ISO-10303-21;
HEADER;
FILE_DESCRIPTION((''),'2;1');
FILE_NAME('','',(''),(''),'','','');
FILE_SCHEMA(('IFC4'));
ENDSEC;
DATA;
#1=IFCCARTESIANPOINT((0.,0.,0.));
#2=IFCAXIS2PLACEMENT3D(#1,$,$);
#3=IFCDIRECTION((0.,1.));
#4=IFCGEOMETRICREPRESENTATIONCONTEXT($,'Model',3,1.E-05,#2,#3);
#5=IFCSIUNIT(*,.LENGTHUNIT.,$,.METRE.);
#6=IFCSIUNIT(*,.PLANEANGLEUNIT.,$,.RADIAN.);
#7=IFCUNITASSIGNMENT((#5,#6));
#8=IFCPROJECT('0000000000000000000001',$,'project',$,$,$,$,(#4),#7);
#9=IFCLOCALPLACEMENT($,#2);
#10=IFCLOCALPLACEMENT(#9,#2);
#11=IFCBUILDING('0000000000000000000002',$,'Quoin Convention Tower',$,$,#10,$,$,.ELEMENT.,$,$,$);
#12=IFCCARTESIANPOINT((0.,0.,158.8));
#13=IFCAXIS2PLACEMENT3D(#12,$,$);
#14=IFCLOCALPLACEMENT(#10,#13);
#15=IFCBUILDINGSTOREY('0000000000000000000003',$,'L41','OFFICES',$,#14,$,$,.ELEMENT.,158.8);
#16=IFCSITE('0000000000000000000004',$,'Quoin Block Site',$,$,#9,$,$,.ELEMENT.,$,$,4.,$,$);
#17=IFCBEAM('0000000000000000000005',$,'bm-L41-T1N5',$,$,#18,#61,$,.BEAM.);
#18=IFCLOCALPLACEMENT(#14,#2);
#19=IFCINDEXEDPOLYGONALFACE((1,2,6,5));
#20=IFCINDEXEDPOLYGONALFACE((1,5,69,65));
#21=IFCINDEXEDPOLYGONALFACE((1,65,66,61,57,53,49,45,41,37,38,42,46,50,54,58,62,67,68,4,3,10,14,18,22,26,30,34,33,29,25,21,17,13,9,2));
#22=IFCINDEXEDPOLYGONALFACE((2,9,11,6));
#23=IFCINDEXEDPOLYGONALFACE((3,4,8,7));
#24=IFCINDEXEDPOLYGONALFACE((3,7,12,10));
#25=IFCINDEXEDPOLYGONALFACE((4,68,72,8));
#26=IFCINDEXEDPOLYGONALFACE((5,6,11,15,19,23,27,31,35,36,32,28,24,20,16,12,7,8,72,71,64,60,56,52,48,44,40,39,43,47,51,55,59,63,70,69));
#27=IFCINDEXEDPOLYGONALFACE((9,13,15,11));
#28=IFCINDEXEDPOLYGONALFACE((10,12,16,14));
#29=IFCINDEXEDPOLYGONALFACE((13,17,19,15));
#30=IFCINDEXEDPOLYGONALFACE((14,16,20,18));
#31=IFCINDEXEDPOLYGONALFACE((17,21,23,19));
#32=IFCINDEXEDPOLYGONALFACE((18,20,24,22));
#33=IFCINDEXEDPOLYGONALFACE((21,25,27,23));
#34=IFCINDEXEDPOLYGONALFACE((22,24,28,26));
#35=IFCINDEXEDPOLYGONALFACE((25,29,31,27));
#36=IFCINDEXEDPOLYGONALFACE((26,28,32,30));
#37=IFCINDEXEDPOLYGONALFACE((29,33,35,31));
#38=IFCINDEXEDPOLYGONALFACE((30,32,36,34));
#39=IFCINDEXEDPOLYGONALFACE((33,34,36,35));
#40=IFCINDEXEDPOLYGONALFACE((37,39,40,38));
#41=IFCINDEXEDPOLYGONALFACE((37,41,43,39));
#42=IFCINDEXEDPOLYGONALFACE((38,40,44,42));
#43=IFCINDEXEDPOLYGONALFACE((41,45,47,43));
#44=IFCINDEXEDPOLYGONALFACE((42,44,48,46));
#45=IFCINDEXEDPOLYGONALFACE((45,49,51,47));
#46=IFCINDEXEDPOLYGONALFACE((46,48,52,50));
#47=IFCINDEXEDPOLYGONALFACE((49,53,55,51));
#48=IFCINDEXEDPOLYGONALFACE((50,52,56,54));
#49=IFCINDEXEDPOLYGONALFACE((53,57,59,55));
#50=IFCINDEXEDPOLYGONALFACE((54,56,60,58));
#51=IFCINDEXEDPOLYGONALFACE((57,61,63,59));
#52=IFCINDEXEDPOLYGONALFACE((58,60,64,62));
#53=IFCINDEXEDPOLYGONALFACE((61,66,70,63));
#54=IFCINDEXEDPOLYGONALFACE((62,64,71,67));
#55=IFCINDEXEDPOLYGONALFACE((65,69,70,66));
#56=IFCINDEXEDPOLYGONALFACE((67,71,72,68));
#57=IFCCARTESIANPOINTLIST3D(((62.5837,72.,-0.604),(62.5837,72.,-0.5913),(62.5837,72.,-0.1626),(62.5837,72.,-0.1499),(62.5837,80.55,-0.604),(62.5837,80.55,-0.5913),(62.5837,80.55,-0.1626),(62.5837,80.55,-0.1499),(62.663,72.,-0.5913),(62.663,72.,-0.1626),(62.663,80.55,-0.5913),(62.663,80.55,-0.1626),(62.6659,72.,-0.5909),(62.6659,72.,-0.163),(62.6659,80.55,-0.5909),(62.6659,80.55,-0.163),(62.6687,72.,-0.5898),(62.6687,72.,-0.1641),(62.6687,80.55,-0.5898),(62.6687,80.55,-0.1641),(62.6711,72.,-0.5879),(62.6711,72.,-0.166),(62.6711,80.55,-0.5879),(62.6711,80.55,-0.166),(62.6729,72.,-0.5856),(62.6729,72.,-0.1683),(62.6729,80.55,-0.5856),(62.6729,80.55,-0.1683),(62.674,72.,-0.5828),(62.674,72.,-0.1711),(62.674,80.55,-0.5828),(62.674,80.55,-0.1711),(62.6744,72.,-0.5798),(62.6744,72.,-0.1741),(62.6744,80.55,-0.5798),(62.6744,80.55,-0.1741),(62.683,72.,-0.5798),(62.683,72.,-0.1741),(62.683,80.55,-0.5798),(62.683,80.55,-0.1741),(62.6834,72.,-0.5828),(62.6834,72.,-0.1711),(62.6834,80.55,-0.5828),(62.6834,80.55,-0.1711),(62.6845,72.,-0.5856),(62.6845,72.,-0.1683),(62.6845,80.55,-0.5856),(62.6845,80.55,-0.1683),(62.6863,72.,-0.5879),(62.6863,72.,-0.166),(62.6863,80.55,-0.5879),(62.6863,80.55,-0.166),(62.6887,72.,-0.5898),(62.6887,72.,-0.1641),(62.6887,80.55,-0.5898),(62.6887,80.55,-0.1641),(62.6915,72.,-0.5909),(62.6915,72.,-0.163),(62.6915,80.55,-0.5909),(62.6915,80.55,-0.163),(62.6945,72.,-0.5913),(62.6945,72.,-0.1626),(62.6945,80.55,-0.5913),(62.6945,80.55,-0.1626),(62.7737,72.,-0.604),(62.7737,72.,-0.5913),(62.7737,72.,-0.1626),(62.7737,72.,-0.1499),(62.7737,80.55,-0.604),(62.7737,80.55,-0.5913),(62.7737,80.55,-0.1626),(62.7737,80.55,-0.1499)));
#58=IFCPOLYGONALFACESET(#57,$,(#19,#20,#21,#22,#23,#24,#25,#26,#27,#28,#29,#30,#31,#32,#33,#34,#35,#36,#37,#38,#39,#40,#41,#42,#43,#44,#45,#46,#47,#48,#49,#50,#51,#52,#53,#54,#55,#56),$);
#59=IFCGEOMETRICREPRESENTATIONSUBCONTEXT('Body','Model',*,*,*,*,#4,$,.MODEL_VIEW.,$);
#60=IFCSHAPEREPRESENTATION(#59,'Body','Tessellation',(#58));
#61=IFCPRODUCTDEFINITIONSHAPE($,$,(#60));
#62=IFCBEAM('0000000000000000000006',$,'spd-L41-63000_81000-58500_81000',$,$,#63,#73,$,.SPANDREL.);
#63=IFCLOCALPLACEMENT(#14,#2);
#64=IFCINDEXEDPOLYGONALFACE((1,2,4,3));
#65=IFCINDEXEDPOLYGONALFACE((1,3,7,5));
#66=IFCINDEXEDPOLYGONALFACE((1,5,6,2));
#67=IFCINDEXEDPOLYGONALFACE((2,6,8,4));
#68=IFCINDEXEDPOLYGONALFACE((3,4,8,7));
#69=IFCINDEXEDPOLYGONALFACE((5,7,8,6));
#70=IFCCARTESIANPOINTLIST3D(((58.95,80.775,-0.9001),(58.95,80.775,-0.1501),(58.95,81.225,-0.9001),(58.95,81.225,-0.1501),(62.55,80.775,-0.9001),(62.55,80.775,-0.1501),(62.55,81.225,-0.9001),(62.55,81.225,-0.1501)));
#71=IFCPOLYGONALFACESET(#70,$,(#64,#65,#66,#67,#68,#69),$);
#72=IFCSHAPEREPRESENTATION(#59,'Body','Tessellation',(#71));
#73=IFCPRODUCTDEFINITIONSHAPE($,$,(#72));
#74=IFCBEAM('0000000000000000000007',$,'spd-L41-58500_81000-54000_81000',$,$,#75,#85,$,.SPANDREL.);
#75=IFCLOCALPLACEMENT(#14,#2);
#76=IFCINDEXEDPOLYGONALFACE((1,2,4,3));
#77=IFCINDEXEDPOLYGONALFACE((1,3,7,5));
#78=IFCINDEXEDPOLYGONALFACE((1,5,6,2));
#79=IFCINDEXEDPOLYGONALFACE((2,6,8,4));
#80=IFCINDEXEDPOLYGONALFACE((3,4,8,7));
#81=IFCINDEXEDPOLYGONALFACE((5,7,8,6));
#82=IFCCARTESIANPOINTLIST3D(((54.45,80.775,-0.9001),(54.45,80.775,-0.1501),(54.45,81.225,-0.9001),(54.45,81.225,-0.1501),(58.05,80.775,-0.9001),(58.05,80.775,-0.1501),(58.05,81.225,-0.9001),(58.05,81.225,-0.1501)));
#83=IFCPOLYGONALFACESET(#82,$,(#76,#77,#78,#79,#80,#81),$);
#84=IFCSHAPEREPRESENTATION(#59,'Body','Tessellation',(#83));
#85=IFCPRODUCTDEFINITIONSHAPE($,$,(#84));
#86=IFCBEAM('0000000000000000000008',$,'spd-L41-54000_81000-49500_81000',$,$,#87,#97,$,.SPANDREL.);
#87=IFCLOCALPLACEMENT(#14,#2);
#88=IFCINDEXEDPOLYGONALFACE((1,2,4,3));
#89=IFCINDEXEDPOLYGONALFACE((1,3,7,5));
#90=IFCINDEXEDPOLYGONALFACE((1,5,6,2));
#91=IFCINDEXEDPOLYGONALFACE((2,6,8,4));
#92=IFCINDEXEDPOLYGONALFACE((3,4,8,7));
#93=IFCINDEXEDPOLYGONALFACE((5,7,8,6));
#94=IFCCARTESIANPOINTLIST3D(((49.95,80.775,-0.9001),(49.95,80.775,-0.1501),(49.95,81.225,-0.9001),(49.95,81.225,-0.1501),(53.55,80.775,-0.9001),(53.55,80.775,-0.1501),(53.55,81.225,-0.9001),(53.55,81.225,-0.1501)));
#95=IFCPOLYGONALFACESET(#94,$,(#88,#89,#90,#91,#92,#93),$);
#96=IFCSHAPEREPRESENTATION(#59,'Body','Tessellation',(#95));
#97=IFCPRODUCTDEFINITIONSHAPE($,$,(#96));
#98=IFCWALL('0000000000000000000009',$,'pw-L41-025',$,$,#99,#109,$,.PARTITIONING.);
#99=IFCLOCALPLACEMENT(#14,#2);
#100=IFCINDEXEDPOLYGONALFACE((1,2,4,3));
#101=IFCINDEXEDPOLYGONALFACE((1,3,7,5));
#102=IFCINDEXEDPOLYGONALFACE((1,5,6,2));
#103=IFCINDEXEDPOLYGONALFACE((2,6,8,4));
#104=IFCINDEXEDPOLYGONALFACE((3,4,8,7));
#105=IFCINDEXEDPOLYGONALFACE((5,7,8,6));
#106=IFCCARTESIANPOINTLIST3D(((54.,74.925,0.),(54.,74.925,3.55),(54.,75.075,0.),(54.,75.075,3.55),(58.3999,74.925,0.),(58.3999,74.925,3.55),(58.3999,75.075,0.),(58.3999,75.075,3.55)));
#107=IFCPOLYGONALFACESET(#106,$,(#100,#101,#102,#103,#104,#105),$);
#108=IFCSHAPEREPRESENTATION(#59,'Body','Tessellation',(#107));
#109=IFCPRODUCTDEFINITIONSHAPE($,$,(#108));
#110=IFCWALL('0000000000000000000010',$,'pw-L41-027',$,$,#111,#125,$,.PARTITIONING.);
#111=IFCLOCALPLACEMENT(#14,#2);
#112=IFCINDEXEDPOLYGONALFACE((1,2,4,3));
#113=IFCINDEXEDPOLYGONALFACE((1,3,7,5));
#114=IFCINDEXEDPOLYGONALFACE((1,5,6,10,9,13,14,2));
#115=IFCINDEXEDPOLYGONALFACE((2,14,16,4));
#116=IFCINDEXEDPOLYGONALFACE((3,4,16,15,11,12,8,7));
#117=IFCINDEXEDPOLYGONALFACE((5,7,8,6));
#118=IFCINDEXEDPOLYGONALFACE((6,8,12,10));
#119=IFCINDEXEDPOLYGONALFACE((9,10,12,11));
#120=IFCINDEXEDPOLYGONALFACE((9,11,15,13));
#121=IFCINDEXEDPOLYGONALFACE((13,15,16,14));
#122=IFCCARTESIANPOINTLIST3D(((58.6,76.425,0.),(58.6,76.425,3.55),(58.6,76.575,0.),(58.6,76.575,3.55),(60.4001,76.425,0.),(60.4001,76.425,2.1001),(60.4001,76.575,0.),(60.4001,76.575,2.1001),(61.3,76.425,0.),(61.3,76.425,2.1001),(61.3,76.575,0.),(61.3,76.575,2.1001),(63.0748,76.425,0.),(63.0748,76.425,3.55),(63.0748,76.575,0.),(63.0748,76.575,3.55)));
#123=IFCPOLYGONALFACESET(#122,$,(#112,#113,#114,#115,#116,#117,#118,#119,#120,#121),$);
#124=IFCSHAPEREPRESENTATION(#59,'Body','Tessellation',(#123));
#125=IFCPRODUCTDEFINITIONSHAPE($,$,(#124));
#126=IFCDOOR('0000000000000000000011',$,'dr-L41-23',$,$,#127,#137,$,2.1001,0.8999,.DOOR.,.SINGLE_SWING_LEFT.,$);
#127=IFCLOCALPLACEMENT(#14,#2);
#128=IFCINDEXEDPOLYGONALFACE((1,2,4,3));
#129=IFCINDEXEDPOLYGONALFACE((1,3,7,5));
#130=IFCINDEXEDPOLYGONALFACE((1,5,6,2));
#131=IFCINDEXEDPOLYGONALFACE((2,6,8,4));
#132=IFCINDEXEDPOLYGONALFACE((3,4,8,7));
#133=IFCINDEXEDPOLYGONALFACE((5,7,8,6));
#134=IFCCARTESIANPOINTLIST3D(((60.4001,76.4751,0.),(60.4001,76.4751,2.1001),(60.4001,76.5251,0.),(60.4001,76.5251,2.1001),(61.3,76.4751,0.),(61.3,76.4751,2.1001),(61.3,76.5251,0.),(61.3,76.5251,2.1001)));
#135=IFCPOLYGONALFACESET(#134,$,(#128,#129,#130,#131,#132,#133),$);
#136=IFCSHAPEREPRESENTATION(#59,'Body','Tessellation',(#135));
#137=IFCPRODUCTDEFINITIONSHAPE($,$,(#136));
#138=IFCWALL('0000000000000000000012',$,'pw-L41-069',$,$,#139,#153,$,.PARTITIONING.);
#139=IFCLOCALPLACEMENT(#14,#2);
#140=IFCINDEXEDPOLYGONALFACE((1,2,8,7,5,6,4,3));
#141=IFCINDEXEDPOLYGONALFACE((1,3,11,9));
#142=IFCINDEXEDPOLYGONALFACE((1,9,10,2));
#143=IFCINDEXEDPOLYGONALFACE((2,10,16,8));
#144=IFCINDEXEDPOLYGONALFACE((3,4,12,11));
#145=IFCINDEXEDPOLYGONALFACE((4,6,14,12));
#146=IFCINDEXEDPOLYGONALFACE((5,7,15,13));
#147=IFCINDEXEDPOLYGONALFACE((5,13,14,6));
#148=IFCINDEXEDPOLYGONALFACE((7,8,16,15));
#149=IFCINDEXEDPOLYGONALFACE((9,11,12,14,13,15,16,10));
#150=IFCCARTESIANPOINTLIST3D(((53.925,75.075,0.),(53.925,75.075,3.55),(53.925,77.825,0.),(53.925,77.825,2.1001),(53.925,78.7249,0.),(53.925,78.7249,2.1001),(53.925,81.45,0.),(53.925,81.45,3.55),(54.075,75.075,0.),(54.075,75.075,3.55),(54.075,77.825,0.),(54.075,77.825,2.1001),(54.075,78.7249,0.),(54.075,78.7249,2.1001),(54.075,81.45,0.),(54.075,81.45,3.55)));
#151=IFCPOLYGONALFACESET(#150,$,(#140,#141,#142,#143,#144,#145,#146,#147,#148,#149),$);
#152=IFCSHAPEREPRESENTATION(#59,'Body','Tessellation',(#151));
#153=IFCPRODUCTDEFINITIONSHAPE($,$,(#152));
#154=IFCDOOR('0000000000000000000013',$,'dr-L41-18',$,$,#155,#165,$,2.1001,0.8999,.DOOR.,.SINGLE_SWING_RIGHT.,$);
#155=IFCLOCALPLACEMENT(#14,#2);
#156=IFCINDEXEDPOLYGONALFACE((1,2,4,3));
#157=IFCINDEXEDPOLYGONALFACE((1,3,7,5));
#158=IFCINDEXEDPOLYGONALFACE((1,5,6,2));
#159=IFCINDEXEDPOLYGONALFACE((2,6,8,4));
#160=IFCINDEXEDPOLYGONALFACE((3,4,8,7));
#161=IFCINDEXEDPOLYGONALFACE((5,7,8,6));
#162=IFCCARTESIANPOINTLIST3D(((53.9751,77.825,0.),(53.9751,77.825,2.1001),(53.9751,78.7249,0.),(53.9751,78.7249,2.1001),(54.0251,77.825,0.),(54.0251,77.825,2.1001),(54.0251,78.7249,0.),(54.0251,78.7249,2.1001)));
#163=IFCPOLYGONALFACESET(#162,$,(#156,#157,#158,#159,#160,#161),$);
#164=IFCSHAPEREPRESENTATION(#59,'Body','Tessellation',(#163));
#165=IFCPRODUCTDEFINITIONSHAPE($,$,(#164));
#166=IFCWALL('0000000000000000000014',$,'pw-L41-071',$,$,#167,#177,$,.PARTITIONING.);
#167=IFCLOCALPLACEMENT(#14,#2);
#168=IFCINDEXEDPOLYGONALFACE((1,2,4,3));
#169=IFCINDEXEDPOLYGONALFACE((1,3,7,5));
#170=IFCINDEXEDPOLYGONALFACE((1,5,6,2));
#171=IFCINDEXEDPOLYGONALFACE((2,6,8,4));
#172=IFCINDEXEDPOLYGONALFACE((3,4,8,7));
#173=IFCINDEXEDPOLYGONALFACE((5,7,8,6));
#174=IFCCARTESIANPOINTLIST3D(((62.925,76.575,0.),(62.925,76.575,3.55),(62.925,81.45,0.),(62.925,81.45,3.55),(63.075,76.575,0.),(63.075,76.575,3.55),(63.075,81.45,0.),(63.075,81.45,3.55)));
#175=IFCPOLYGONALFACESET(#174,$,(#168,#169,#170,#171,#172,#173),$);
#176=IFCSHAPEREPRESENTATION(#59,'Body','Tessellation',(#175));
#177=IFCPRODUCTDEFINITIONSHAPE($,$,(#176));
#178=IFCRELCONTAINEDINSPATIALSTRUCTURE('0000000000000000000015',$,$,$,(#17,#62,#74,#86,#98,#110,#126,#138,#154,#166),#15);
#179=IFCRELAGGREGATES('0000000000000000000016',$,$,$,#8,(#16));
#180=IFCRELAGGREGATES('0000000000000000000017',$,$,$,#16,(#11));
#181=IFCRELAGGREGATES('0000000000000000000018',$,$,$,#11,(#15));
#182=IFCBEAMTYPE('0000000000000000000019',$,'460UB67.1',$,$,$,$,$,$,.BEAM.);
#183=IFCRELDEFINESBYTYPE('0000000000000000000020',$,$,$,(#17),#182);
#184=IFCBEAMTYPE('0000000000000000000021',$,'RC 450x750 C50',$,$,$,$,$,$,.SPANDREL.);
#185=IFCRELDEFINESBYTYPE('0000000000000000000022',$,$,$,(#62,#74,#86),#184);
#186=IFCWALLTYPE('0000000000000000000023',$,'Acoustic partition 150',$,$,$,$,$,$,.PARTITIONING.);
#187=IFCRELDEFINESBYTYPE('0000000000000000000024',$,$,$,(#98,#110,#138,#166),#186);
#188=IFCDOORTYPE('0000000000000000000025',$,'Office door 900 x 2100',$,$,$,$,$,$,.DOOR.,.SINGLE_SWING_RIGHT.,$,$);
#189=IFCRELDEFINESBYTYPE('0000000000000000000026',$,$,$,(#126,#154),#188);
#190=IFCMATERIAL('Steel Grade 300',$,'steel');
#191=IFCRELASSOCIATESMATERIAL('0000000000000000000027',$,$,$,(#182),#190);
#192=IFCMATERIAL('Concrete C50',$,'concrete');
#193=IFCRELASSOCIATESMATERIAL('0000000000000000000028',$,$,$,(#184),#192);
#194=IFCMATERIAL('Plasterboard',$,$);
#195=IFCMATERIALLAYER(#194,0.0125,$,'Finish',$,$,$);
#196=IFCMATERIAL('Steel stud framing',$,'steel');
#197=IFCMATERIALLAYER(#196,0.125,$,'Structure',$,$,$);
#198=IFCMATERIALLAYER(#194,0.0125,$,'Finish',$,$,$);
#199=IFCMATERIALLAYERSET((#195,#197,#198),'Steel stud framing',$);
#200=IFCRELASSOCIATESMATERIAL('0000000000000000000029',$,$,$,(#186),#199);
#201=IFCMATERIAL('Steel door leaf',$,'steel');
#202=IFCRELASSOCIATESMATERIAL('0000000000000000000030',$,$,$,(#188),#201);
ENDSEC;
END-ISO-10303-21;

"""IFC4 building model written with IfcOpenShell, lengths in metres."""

from ifc_helpers import new_model, si_unit, direction, frame, frame_2d, origin, origin_2d, place, context, subcontext, project, spatial, rectangle, i_section, extrude, material, layer, layer_set, material_profile, profile_set, type_object, element, fill, save


model = new_model("IFC4")

# Units and contexts
model_context = context("Model", 3, precision=1e-05, world=origin(), true_north=direction((0.0, 1.0)))
body_context = subcontext(model_context, "Body", "Model", "MODEL_VIEW")
ifc_project = project(units=[si_unit("LENGTHUNIT", "METRE"), si_unit("PLANEANGLEUNIT", "RADIAN")], contexts=[model_context])

# Site, building, storey
site_placement = place(None, origin())
site = spatial("IfcSite", under=ifc_project, at=site_placement, Name="Quoin Block Site", CompositionType="ELEMENT", RefElevation=4.0)
building_placement = place(site_placement, origin())
building = spatial("IfcBuilding", under=site, at=building_placement, Name="Quoin Convention Tower", CompositionType="ELEMENT")
storey_placement = place(building_placement, frame((0.0, 0.0, 158.8)))
storey = spatial("IfcBuildingStorey", under=building, at=storey_placement, Name="L41", Description="OFFICES", CompositionType="ELEMENT", Elevation=158.8)

# Shared definitions
ifc_material_1 = material(Name="Concrete C50", Category="concrete")

# Beams
ifc_material_2 = material(Name="Steel Grade 300", Category="steel")
ifc_material_profile_1 = material_profile(ifc_material_2, i_section(OverallWidth=0.1899, OverallDepth=0.4541, WebThickness=0.0085, FlangeThickness=0.0127, FilletRadius=0.0115, at=origin_2d()), Name="460UB67.1")
ifc_profile_set_1 = profile_set([ifc_material_profile_1], Name="Steel Grade 300")
beam_type_1 = type_object("IfcBeamType", Name="460UB67.1", PredefinedType="BEAM", material=ifc_profile_set_1)
beam_placement = place(storey_placement, frame((62.6787, 72.0, -0.377), z_axis=(0.0, 1.0, 0.0), x_axis=(-1.0, 0.0, 0.0)))
element("IfcBeam", 1, at=beam_placement, inside=storey, type_object=beam_type_1, Name="bm-L41-T1N5", PredefinedType="BEAM", context=body_context, shape_type="SweptSolid", body=[
    extrude(i_section(OverallWidth=0.1899, OverallDepth=0.4541, WebThickness=0.0085, FlangeThickness=0.0127, FilletRadius=0.0115, at=origin_2d()), origin(), (0.0, 0.0, 1.0), 8.55),
])
ifc_material_profile_2 = material_profile(ifc_material_1, rectangle(XDim=0.45, YDim=0.75, at=origin_2d()), Name="RC 450x750")
ifc_profile_set_2 = profile_set([ifc_material_profile_2], Name="Concrete C50")
beam_type_2 = type_object("IfcBeamType", Name="RC 450x750 C50", PredefinedType="SPANDREL", material=ifc_profile_set_2)
for number, where, z_axis, x_axis, name in (
    (2, (62.55, 81.0, -0.5251), (-1.0, 0.0, 0.0), (0.0, -1.0, 0.0), "spd-L41-63000_81000-58500_81000"),
    (3, (58.05, 81.0, -0.5251), (-1.0, 0.0, 0.0), (0.0, -1.0, 0.0), "spd-L41-58500_81000-54000_81000"),
    (4, (53.55, 81.0, -0.5251), (-1.0, 0.0, 0.0), (0.0, -1.0, 0.0), "spd-L41-54000_81000-49500_81000"),
):
    element("IfcBeam", number, at=place(storey_placement, frame(where, z_axis=z_axis, x_axis=x_axis)), inside=storey, type_object=beam_type_2, Name=name, PredefinedType="SPANDREL", context=body_context, shape_type="SweptSolid", body=[
        extrude(rectangle(XDim=0.45, YDim=0.75, at=origin_2d()), origin(), (0.0, 0.0, 1.0), 3.6001),
    ])

# Wall
ifc_material_3 = material(Name="Plasterboard")
ifc_layer_1 = layer(ifc_material_3, 0.0125, Name="Finish")
ifc_material_4 = material(Name="Steel stud framing", Category="steel")
ifc_layer_2 = layer(ifc_material_4, 0.125, Name="Structure")
ifc_layer_3 = layer(ifc_material_3, 0.0125, Name="Finish")
ifc_layer_set_1 = layer_set([ifc_layer_1, ifc_layer_2, ifc_layer_3], Name="Steel stud framing")
wall_type_1 = type_object("IfcWallType", Name="Acoustic partition 150", PredefinedType="PARTITIONING", material=ifc_layer_set_1)
wall_1_placement = place(storey_placement, frame((54.0, 75.0, 0.0), z_axis=(0.0, 0.0, 1.0), x_axis=(1.0, 0.0, 0.0)))
element("IfcWall", 5, at=wall_1_placement, inside=storey, type_object=wall_type_1, Name="pw-L41-025", PredefinedType="PARTITIONING", context=body_context, shape_type="SweptSolid", body=[
    extrude(rectangle(XDim=4.3999, YDim=0.1499, at=frame_2d((2.2, 0.0))), origin(), (0.0, 0.0, 1.0), 3.55),
])

# Walls, openings, doors
wall_2_placement = place(storey_placement, frame((58.6001, 76.5, 0.0), z_axis=(0.0, 0.0, 1.0), x_axis=(1.0, 0.0, 0.0)))
wall_2 = element("IfcWall", 6, at=wall_2_placement, inside=storey, type_object=wall_type_1, Name="pw-L41-027", PredefinedType="PARTITIONING", context=body_context, shape_type="SweptSolid", body=[
    extrude(rectangle(XDim=4.4749, YDim=0.1499, at=frame_2d((2.2373, 0.0))), origin(), (0.0, 0.0, 1.0), 3.55),
])
opening_1_placement = place(wall_2_placement, frame((1.8, 0.0, 0.0)))
opening_1 = element("IfcOpeningElement", 7, at=opening_1_placement, cuts=wall_2, PredefinedType="OPENING", context=body_context, shape_type="SweptSolid", body=[
    extrude(rectangle(XDim=0.8999, YDim=2.1001, at=frame_2d((0.45, 1.05))), frame((0.0, 0.085, 0.0), z_axis=(0.0, -1.0, 0.0), x_axis=(1.0, 0.0, 0.0)), (0.0, 0.0, 1.0), 0.1699),
])
ifc_material_5 = material(Name="Steel door leaf", Category="steel")
door_type = type_object("IfcDoorType", Name="Office door 900 x 2100", OperationType="SINGLE_SWING_RIGHT", PredefinedType="DOOR", material=ifc_material_5)
door_1_placement = place(opening_1_placement, frame((0.8999, 0.0, 0.0), z_axis=(0.0, 0.0, 1.0), x_axis=(-1.0, 0.0, 0.0)))
door_1 = element("IfcDoor", 8, at=door_1_placement, inside=storey, type_object=door_type, Name="dr-L41-23", OperationType="SINGLE_SWING_LEFT", OverallHeight=2.1001, OverallWidth=0.8999, PredefinedType="DOOR", context=body_context, shape_type="SweptSolid", body=[
    extrude(rectangle(XDim=0.8999, YDim=2.1001, at=frame_2d((0.45, 1.05))), frame((0.0, 0.0249, 0.0), z_axis=(0.0, -1.0, 0.0), x_axis=(1.0, 0.0, 0.0)), (0.0, 0.0, 1.0), 0.05),
])
fill(opening_1, door_1)
wall_3_placement = place(storey_placement, frame((54.0, 75.075, 0.0), z_axis=(0.0, 0.0, 1.0), x_axis=(0.0, 1.0, 0.0)))
wall_3 = element("IfcWall", 9, at=wall_3_placement, inside=storey, type_object=wall_type_1, Name="pw-L41-069", PredefinedType="PARTITIONING", context=body_context, shape_type="SweptSolid", body=[
    extrude(rectangle(XDim=6.375, YDim=0.1499, at=frame_2d((3.1875, 0.0))), origin(), (0.0, 0.0, 1.0), 3.55),
])
opening_2_placement = place(wall_3_placement, frame((2.75, 0.0, 0.0)))
opening_2 = element("IfcOpeningElement", 10, at=opening_2_placement, cuts=wall_3, PredefinedType="OPENING", context=body_context, shape_type="SweptSolid", body=[
    extrude(rectangle(XDim=0.8999, YDim=2.1001, at=frame_2d((0.45, 1.05))), frame((0.0, 0.085, 0.0), z_axis=(0.0, -1.0, 0.0), x_axis=(1.0, 0.0, 0.0)), (0.0, 0.0, 1.0), 0.1699),
])
door_2_placement = place(opening_2_placement, origin())
door_2 = element("IfcDoor", 11, at=door_2_placement, inside=storey, type_object=door_type, Name="dr-L41-18", OperationType="SINGLE_SWING_RIGHT", OverallHeight=2.1001, OverallWidth=0.8999, PredefinedType="DOOR", context=body_context, shape_type="SweptSolid", body=[
    extrude(rectangle(XDim=0.8999, YDim=2.1001, at=frame_2d((0.45, 1.05))), frame((0.0, 0.0249, 0.0), z_axis=(0.0, -1.0, 0.0), x_axis=(1.0, 0.0, 0.0)), (0.0, 0.0, 1.0), 0.05),
])
fill(opening_2, door_2)

# Wall
wall_4_placement = place(storey_placement, frame((63.0, 76.575, 0.0), z_axis=(0.0, 0.0, 1.0), x_axis=(0.0, 1.0, 0.0)))
element("IfcWall", 12, at=wall_4_placement, inside=storey, type_object=wall_type_1, Name="pw-L41-071", PredefinedType="PARTITIONING", context=body_context, shape_type="SweptSolid", body=[
    extrude(rectangle(XDim=4.875, YDim=0.1499, at=frame_2d((2.4375, 0.0))), origin(), (0.0, 0.0, 1.0), 3.55),
])

save(model, "model.ifc")
